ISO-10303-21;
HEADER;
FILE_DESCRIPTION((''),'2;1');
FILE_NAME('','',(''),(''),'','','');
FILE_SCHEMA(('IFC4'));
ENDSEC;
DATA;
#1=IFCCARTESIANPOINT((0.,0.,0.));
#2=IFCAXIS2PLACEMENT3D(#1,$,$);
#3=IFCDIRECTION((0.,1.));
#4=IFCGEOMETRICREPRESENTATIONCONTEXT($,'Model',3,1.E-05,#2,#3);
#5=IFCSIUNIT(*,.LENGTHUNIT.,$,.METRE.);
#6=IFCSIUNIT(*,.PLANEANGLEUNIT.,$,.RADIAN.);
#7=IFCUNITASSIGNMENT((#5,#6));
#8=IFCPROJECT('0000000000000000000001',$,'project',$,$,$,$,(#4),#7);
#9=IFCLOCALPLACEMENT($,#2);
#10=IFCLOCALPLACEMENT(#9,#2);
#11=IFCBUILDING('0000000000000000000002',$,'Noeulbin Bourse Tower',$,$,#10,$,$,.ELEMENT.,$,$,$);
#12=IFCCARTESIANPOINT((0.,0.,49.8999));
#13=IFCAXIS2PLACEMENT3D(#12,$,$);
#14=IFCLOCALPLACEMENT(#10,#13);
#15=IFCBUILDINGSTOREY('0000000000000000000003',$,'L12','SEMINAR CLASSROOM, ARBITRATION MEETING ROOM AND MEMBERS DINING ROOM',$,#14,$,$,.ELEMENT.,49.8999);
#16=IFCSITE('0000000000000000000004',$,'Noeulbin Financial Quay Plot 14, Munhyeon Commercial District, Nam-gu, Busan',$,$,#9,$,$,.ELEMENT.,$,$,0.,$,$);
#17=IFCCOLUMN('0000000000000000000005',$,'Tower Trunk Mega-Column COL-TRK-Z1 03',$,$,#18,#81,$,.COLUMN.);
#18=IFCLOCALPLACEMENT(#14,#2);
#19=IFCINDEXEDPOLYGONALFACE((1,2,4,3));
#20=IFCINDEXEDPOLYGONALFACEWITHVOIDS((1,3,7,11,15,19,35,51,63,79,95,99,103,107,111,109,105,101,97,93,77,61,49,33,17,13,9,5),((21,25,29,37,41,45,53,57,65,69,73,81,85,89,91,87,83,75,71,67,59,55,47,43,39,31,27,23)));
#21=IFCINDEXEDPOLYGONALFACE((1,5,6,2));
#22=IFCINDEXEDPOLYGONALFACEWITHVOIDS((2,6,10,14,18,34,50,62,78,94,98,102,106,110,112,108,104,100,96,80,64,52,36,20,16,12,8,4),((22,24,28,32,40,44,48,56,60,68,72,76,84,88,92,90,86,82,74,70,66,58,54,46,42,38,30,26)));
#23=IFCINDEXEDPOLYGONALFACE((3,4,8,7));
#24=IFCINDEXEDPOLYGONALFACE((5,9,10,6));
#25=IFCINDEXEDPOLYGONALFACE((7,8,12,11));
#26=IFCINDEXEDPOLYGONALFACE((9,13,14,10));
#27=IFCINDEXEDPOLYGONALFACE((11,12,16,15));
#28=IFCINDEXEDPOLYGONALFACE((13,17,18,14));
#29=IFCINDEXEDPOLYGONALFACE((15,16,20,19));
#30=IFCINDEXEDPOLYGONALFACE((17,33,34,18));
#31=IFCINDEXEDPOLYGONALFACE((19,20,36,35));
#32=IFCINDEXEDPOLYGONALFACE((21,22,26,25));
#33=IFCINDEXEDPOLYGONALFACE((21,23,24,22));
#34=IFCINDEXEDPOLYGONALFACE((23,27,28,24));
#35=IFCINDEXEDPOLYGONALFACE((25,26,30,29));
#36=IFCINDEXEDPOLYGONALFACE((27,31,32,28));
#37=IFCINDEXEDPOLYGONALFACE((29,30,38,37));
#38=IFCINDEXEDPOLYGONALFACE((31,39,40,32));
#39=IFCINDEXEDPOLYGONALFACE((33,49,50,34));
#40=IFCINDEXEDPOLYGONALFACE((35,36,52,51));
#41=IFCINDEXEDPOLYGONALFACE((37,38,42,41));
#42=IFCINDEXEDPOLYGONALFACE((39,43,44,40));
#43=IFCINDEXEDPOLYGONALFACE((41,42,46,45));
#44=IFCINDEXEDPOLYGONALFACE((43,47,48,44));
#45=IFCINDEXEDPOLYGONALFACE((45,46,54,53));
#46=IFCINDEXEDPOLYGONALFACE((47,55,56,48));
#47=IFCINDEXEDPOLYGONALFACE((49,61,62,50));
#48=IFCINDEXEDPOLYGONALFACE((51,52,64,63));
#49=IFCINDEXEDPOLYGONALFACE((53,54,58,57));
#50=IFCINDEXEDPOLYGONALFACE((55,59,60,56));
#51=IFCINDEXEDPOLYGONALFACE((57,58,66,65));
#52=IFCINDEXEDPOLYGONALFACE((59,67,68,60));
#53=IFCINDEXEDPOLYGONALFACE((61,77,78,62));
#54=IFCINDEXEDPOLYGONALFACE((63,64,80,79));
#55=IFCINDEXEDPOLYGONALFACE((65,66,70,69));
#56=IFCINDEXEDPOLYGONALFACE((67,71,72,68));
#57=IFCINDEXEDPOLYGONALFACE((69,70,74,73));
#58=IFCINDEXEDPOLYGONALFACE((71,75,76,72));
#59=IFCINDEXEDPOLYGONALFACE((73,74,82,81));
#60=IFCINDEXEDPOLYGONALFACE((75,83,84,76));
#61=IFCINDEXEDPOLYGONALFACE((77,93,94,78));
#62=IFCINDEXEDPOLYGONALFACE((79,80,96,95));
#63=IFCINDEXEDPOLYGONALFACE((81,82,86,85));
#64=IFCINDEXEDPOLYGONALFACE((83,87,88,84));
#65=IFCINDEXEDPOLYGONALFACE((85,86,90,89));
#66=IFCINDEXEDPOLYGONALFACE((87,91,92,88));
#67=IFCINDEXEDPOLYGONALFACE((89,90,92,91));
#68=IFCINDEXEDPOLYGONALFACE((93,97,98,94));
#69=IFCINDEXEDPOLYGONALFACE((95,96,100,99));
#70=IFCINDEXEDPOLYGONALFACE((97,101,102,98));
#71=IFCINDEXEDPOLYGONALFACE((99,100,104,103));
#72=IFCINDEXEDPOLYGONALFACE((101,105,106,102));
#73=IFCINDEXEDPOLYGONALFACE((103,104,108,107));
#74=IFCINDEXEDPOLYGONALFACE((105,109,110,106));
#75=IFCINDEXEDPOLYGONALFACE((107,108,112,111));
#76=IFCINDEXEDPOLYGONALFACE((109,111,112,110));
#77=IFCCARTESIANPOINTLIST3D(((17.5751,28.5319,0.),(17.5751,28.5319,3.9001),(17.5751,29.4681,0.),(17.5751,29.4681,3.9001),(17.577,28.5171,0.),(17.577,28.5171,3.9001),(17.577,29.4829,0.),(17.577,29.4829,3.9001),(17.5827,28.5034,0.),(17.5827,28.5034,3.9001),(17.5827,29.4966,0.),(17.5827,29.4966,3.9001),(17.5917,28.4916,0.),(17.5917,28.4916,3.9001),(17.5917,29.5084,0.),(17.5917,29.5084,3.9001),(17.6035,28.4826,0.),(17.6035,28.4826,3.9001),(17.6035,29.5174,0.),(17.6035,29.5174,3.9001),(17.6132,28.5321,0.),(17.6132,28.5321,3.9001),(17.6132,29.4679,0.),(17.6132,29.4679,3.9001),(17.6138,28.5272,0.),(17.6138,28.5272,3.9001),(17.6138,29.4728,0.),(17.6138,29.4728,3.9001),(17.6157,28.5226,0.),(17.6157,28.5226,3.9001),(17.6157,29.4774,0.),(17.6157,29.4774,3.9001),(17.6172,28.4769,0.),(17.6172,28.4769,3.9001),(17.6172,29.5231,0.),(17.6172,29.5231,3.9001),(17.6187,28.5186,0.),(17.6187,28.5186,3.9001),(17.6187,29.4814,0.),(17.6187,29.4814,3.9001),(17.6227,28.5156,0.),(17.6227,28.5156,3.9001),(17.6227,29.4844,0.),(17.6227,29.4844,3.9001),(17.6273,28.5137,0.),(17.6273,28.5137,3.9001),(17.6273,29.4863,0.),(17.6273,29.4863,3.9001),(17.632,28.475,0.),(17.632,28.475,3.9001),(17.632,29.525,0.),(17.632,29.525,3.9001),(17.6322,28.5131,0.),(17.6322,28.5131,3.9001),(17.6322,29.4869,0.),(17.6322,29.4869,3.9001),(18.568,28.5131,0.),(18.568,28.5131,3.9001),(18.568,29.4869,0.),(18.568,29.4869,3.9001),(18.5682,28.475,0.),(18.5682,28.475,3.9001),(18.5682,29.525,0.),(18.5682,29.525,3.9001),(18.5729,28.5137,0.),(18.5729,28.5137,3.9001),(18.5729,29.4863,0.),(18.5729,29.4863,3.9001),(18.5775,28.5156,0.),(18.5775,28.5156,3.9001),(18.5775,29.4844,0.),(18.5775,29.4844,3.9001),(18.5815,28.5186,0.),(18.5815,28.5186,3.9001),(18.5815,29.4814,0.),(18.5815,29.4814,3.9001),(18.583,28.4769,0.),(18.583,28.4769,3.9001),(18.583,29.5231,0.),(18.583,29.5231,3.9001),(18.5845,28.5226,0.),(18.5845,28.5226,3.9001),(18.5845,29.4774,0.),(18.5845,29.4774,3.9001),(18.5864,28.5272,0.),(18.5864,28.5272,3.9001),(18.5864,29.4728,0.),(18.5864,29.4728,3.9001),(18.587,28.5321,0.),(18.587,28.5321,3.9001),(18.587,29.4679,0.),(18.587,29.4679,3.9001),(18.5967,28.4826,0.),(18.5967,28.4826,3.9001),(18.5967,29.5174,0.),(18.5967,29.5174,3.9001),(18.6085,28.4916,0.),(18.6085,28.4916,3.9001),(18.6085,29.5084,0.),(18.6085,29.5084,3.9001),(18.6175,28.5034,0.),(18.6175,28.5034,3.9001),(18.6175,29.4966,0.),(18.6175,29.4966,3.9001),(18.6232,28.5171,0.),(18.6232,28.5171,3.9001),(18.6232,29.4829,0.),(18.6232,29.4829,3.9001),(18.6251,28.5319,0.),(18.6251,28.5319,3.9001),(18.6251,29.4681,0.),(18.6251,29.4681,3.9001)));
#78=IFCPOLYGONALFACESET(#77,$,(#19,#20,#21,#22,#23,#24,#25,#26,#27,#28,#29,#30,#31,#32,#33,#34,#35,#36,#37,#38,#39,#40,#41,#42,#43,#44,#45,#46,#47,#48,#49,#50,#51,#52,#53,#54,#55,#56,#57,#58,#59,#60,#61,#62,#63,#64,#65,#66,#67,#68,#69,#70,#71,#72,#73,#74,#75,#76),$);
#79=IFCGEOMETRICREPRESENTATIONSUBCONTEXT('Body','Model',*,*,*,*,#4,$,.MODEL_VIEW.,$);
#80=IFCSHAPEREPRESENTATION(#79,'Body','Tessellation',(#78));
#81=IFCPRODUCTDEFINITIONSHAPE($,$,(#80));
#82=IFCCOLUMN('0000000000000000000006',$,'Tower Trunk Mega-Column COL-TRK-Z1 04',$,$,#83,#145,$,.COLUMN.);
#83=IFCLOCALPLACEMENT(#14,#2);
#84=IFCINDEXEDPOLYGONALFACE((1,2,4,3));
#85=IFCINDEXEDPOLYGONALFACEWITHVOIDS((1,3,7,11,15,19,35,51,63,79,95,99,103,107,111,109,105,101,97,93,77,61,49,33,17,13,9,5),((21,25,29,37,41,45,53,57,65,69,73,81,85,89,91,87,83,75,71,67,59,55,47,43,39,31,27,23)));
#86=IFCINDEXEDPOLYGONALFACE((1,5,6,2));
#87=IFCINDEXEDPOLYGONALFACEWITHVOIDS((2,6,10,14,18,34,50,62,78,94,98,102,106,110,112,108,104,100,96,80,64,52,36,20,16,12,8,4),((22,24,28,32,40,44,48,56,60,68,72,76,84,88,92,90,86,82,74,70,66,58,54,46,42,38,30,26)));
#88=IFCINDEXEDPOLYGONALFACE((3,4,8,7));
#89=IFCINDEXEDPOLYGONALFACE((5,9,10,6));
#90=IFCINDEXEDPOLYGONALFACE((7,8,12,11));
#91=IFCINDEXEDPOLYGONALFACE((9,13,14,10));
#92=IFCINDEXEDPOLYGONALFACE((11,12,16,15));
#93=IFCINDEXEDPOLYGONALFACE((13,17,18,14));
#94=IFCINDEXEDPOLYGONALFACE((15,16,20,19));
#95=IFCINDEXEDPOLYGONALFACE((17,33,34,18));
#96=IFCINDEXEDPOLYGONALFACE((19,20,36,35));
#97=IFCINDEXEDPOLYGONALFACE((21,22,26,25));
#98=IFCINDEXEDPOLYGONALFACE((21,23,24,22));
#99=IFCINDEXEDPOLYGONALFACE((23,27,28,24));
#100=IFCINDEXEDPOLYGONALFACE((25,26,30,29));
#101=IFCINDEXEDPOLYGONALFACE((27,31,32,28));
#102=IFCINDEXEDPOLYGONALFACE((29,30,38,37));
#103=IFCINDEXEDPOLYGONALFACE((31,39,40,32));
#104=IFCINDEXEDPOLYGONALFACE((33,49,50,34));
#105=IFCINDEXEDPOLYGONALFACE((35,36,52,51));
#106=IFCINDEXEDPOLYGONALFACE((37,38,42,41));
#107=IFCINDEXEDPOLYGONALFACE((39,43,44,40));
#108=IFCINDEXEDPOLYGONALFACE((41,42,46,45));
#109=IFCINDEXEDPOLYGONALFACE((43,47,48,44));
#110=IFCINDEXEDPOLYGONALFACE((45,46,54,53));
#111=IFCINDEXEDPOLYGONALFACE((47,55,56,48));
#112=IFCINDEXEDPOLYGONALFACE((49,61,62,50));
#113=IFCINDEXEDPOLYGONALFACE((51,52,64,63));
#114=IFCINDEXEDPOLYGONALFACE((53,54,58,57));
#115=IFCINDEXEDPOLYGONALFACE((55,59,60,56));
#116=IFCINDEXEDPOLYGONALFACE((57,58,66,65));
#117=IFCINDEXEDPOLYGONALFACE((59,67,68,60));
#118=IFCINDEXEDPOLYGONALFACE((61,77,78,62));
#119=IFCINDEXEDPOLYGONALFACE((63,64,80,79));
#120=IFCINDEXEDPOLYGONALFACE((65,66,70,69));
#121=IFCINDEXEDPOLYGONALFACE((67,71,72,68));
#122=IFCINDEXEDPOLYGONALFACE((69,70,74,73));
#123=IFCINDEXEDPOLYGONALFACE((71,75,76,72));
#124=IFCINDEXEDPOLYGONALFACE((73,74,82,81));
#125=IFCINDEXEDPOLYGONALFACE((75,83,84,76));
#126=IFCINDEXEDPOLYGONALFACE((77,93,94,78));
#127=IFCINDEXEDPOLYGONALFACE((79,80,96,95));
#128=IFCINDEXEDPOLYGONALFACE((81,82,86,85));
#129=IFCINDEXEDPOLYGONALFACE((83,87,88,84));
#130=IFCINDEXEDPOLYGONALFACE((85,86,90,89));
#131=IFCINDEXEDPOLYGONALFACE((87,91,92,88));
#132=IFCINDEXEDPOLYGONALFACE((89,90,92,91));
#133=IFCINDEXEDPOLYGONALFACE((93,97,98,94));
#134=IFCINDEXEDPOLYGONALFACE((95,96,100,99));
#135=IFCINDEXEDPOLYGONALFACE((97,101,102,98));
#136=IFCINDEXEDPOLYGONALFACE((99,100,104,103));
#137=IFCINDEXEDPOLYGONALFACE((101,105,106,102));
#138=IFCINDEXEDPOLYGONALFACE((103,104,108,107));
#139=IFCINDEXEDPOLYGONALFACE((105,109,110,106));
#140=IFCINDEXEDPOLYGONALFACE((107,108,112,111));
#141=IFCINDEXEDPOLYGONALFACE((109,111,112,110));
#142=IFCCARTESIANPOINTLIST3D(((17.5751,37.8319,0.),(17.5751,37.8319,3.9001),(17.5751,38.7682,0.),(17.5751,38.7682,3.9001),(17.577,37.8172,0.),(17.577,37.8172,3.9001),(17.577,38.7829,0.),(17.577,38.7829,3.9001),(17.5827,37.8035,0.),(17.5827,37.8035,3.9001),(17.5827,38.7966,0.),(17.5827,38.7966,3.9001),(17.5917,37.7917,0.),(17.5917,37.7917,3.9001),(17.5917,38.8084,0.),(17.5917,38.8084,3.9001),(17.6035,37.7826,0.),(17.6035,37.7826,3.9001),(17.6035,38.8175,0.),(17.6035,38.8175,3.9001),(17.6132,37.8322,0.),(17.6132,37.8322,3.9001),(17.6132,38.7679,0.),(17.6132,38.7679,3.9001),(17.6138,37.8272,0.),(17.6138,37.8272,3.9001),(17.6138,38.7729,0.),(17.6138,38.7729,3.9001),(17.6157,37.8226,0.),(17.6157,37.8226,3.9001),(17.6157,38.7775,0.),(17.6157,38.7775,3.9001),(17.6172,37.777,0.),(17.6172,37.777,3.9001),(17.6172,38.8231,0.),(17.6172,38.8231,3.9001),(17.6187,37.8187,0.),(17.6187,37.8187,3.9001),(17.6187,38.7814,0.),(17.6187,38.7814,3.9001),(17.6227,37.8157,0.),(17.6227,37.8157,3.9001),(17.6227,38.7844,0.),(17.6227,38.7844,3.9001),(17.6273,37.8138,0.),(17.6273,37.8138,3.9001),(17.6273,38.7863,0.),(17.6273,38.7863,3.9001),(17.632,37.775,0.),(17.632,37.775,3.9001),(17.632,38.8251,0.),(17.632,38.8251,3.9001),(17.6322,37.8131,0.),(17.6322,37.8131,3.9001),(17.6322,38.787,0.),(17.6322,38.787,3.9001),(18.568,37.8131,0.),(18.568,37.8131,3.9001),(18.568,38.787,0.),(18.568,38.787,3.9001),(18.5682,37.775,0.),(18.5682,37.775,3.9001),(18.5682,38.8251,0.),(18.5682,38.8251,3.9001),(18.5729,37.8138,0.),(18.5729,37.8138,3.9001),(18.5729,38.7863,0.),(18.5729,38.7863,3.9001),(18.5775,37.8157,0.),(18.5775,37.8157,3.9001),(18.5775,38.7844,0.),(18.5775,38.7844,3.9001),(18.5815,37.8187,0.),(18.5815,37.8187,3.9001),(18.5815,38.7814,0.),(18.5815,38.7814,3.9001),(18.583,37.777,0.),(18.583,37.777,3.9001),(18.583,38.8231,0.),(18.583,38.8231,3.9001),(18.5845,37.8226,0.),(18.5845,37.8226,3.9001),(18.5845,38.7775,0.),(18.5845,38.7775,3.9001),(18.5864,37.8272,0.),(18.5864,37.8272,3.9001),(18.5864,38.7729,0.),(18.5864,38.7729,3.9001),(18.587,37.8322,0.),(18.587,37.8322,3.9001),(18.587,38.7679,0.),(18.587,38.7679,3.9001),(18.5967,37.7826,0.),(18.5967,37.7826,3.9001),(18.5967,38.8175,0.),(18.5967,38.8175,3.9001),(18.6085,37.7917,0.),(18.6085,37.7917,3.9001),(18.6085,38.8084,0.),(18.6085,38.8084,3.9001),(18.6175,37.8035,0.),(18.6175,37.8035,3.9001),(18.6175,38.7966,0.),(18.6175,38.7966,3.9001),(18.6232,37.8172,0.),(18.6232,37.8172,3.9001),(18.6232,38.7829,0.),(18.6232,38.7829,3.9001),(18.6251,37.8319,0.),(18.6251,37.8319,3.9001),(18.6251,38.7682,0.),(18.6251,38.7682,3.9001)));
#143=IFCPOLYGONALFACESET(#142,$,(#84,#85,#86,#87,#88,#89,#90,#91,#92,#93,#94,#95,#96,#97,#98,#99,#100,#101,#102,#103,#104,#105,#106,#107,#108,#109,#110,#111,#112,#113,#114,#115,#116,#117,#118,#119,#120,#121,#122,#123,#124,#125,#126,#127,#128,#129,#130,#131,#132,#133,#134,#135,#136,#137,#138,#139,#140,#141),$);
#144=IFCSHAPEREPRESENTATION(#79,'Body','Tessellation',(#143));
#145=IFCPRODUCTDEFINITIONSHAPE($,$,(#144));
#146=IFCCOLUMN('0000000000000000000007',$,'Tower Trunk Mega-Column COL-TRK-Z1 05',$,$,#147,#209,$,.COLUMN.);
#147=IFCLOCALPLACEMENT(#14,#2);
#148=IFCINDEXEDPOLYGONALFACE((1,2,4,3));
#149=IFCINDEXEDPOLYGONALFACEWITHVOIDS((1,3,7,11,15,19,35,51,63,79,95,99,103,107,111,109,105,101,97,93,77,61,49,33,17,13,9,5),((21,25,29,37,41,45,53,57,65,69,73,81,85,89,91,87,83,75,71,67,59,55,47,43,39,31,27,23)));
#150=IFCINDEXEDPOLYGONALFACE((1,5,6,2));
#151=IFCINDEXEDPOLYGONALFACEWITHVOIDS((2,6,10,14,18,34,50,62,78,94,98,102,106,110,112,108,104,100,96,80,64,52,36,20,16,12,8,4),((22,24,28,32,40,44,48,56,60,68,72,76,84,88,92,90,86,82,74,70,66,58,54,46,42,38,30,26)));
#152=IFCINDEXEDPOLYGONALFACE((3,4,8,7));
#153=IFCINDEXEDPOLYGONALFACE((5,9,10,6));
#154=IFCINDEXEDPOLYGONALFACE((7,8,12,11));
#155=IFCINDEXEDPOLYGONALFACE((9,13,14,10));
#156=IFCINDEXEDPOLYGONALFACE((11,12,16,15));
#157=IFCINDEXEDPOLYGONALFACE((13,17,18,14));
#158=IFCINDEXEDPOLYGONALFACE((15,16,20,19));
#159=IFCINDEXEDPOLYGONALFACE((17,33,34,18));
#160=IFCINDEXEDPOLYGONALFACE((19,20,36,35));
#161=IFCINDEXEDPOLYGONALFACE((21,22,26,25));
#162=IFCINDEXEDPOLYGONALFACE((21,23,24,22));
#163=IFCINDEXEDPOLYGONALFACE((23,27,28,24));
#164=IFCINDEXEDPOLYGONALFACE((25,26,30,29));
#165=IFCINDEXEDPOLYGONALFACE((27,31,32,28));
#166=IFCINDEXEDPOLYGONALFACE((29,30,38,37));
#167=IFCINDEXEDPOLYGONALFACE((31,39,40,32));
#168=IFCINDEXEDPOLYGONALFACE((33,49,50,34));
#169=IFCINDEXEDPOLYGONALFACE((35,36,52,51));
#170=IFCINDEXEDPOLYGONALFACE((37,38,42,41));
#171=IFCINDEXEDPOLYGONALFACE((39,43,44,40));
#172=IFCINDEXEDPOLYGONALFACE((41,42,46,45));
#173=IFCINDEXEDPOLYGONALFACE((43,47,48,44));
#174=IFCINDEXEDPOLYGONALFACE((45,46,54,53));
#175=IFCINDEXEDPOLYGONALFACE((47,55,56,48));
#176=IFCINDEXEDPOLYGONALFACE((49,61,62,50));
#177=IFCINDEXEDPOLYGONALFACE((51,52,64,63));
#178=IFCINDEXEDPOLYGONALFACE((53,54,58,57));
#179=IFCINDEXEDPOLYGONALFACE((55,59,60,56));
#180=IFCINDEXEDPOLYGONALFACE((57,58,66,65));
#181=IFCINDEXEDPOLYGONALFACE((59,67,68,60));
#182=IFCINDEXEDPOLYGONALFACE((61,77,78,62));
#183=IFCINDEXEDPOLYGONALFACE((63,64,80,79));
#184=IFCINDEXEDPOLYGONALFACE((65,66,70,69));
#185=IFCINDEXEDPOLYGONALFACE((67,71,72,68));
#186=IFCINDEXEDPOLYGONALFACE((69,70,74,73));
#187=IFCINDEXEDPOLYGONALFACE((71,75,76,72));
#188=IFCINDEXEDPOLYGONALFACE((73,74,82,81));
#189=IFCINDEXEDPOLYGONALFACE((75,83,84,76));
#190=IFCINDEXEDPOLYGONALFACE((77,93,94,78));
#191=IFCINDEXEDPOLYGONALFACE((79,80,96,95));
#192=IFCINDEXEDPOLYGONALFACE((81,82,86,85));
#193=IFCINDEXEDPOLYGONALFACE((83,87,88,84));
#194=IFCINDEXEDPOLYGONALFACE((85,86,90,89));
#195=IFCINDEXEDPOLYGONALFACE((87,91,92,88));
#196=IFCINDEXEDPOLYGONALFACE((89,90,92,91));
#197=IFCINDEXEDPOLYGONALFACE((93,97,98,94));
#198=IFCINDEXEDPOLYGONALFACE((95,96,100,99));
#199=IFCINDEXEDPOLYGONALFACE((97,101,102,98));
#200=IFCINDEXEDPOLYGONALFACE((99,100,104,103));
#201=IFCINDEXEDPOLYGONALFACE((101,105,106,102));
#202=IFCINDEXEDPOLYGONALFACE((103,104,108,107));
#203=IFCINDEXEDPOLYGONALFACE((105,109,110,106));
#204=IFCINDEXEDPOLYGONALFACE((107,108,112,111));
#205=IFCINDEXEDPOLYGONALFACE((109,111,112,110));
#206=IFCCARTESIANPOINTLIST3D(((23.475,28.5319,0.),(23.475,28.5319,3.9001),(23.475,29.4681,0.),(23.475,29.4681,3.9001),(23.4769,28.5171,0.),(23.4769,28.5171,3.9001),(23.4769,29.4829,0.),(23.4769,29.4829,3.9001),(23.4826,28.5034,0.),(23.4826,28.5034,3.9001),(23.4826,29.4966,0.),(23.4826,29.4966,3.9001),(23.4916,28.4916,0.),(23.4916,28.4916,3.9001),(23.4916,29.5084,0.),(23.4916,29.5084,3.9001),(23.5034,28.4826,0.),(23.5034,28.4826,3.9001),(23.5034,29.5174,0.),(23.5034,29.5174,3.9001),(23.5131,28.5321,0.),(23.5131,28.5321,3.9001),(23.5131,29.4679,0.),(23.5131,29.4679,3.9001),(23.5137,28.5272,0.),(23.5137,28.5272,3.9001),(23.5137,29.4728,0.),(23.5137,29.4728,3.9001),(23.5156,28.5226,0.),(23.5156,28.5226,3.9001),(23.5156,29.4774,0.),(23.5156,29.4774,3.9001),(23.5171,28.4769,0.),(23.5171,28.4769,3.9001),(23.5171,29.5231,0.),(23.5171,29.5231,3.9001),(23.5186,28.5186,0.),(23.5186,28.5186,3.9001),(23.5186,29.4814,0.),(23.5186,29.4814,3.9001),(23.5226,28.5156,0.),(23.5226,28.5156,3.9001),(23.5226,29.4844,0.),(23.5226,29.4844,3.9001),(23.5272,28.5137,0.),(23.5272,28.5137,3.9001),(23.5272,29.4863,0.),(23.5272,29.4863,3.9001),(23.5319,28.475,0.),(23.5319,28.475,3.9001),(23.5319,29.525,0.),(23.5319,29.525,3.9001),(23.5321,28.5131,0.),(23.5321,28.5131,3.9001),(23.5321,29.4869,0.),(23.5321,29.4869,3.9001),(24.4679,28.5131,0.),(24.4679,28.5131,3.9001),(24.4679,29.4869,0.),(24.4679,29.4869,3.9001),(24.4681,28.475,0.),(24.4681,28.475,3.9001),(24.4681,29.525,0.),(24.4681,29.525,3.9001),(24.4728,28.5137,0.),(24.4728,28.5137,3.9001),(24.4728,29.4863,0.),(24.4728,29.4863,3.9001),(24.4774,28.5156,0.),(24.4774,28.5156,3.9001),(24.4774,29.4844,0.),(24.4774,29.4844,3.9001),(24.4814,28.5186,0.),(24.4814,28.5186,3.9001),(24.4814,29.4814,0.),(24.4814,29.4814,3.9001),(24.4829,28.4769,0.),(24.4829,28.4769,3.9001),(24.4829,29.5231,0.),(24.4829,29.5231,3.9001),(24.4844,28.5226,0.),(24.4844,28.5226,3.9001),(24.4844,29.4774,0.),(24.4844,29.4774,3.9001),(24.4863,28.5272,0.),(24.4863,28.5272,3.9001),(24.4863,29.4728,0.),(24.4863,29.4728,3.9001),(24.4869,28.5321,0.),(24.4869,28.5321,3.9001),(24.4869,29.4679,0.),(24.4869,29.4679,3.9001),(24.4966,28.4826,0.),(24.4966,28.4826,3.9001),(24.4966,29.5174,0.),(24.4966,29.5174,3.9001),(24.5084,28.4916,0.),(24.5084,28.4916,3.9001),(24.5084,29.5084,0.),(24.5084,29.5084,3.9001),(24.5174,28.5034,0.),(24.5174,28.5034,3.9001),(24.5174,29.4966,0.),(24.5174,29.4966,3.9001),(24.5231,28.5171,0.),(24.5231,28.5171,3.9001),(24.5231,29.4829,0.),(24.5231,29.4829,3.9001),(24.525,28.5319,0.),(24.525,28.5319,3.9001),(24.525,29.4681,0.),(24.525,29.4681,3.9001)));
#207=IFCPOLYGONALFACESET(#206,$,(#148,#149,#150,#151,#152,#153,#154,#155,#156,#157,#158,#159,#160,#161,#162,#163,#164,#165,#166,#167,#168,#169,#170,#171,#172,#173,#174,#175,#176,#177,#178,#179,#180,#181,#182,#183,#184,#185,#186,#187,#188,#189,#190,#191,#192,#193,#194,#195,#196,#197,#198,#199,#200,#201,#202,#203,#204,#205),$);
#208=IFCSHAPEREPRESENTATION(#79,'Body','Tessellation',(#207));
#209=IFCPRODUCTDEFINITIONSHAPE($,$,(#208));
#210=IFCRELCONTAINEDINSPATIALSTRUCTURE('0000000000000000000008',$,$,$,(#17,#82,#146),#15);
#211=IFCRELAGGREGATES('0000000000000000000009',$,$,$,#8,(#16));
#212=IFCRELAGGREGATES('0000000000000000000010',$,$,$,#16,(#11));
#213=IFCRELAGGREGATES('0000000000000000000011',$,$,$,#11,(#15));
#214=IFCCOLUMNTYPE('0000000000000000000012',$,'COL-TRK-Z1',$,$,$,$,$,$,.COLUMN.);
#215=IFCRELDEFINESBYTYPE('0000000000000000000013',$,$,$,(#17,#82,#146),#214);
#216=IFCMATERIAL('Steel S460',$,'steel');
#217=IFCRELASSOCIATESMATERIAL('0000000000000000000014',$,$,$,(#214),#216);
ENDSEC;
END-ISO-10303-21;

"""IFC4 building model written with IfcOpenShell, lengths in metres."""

from ifc_helpers import new_model, si_unit, direction, frame, origin, origin_2d, place, context, subcontext, project, spatial, hollow_rectangle, extrude, material, material_profile, profile_set, type_object, element, save


model = new_model("IFC4")

# Units and contexts
model_context = context("Model", 3, precision=1e-05, world=origin(), true_north=direction((0.0, 1.0)))
body_context = subcontext(model_context, "Body", "Model", "MODEL_VIEW")
ifc_project = project(units=[si_unit("LENGTHUNIT", "METRE"), si_unit("PLANEANGLEUNIT", "RADIAN")], contexts=[model_context])

# Site, building, storey
site_placement = place(None, origin())
site = spatial("IfcSite", under=ifc_project, at=site_placement, Name="Noeulbin Financial Quay Plot 14, Munhyeon Commercial District, Nam-gu, Busan", CompositionType="ELEMENT", RefElevation=0.0)
building_placement = place(site_placement, origin())
building = spatial("IfcBuilding", under=site, at=building_placement, Name="Noeulbin Bourse Tower", CompositionType="ELEMENT")
storey_placement = place(building_placement, frame((0.0, 0.0, 49.8999)))
storey = spatial("IfcBuildingStorey", under=building, at=storey_placement, Name="L12", Description="SEMINAR CLASSROOM, ARBITRATION MEETING ROOM AND MEMBERS DINING ROOM", CompositionType="ELEMENT", Elevation=49.8999)

# Columns
ifc_material_1 = material(Name="Steel S460", Category="steel")
ifc_material_profile_1 = material_profile(ifc_material_1, hollow_rectangle(XDim=1.05, YDim=1.05, WallThickness=0.0381, InnerFilletRadius=0.019, OuterFilletRadius=0.0569, at=origin_2d()), Name="BOX-1050x1050x38", Category="LoadBearing")
ifc_profile_set_1 = profile_set([ifc_material_profile_1], Name="Steel S460")
column_type = type_object("IfcColumnType", Name="COL-TRK-Z1", PredefinedType="COLUMN", material=ifc_profile_set_1)
for number, where, z_axis, x_axis, name in (
    (1, (18.1001, 29.0, 0.0), (0.0, 0.0, 1.0), (1.0, 0.0, 0.0), "Tower Trunk Mega-Column COL-TRK-Z1 03"),
    (2, (18.1001, 38.3, 0.0), (0.0, 0.0, 1.0), (1.0, 0.0, 0.0), "Tower Trunk Mega-Column COL-TRK-Z1 04"),
    (3, (24.0, 29.0, 0.0), (0.0, 0.0, 1.0), (1.0, 0.0, 0.0), "Tower Trunk Mega-Column COL-TRK-Z1 05"),
):
    element("IfcColumn", number, at=place(storey_placement, frame(where, z_axis=z_axis, x_axis=x_axis)), inside=storey, type_object=column_type, Name=name, PredefinedType="COLUMN", context=body_context, shape_type="SweptSolid", body=[
        extrude(hollow_rectangle(XDim=1.05, YDim=1.05, WallThickness=0.0381, InnerFilletRadius=0.019, OuterFilletRadius=0.0569, at=origin_2d()), origin(), (0.0, 0.0, 1.0), 3.9001),
    ])

save(model, "model.ifc")
